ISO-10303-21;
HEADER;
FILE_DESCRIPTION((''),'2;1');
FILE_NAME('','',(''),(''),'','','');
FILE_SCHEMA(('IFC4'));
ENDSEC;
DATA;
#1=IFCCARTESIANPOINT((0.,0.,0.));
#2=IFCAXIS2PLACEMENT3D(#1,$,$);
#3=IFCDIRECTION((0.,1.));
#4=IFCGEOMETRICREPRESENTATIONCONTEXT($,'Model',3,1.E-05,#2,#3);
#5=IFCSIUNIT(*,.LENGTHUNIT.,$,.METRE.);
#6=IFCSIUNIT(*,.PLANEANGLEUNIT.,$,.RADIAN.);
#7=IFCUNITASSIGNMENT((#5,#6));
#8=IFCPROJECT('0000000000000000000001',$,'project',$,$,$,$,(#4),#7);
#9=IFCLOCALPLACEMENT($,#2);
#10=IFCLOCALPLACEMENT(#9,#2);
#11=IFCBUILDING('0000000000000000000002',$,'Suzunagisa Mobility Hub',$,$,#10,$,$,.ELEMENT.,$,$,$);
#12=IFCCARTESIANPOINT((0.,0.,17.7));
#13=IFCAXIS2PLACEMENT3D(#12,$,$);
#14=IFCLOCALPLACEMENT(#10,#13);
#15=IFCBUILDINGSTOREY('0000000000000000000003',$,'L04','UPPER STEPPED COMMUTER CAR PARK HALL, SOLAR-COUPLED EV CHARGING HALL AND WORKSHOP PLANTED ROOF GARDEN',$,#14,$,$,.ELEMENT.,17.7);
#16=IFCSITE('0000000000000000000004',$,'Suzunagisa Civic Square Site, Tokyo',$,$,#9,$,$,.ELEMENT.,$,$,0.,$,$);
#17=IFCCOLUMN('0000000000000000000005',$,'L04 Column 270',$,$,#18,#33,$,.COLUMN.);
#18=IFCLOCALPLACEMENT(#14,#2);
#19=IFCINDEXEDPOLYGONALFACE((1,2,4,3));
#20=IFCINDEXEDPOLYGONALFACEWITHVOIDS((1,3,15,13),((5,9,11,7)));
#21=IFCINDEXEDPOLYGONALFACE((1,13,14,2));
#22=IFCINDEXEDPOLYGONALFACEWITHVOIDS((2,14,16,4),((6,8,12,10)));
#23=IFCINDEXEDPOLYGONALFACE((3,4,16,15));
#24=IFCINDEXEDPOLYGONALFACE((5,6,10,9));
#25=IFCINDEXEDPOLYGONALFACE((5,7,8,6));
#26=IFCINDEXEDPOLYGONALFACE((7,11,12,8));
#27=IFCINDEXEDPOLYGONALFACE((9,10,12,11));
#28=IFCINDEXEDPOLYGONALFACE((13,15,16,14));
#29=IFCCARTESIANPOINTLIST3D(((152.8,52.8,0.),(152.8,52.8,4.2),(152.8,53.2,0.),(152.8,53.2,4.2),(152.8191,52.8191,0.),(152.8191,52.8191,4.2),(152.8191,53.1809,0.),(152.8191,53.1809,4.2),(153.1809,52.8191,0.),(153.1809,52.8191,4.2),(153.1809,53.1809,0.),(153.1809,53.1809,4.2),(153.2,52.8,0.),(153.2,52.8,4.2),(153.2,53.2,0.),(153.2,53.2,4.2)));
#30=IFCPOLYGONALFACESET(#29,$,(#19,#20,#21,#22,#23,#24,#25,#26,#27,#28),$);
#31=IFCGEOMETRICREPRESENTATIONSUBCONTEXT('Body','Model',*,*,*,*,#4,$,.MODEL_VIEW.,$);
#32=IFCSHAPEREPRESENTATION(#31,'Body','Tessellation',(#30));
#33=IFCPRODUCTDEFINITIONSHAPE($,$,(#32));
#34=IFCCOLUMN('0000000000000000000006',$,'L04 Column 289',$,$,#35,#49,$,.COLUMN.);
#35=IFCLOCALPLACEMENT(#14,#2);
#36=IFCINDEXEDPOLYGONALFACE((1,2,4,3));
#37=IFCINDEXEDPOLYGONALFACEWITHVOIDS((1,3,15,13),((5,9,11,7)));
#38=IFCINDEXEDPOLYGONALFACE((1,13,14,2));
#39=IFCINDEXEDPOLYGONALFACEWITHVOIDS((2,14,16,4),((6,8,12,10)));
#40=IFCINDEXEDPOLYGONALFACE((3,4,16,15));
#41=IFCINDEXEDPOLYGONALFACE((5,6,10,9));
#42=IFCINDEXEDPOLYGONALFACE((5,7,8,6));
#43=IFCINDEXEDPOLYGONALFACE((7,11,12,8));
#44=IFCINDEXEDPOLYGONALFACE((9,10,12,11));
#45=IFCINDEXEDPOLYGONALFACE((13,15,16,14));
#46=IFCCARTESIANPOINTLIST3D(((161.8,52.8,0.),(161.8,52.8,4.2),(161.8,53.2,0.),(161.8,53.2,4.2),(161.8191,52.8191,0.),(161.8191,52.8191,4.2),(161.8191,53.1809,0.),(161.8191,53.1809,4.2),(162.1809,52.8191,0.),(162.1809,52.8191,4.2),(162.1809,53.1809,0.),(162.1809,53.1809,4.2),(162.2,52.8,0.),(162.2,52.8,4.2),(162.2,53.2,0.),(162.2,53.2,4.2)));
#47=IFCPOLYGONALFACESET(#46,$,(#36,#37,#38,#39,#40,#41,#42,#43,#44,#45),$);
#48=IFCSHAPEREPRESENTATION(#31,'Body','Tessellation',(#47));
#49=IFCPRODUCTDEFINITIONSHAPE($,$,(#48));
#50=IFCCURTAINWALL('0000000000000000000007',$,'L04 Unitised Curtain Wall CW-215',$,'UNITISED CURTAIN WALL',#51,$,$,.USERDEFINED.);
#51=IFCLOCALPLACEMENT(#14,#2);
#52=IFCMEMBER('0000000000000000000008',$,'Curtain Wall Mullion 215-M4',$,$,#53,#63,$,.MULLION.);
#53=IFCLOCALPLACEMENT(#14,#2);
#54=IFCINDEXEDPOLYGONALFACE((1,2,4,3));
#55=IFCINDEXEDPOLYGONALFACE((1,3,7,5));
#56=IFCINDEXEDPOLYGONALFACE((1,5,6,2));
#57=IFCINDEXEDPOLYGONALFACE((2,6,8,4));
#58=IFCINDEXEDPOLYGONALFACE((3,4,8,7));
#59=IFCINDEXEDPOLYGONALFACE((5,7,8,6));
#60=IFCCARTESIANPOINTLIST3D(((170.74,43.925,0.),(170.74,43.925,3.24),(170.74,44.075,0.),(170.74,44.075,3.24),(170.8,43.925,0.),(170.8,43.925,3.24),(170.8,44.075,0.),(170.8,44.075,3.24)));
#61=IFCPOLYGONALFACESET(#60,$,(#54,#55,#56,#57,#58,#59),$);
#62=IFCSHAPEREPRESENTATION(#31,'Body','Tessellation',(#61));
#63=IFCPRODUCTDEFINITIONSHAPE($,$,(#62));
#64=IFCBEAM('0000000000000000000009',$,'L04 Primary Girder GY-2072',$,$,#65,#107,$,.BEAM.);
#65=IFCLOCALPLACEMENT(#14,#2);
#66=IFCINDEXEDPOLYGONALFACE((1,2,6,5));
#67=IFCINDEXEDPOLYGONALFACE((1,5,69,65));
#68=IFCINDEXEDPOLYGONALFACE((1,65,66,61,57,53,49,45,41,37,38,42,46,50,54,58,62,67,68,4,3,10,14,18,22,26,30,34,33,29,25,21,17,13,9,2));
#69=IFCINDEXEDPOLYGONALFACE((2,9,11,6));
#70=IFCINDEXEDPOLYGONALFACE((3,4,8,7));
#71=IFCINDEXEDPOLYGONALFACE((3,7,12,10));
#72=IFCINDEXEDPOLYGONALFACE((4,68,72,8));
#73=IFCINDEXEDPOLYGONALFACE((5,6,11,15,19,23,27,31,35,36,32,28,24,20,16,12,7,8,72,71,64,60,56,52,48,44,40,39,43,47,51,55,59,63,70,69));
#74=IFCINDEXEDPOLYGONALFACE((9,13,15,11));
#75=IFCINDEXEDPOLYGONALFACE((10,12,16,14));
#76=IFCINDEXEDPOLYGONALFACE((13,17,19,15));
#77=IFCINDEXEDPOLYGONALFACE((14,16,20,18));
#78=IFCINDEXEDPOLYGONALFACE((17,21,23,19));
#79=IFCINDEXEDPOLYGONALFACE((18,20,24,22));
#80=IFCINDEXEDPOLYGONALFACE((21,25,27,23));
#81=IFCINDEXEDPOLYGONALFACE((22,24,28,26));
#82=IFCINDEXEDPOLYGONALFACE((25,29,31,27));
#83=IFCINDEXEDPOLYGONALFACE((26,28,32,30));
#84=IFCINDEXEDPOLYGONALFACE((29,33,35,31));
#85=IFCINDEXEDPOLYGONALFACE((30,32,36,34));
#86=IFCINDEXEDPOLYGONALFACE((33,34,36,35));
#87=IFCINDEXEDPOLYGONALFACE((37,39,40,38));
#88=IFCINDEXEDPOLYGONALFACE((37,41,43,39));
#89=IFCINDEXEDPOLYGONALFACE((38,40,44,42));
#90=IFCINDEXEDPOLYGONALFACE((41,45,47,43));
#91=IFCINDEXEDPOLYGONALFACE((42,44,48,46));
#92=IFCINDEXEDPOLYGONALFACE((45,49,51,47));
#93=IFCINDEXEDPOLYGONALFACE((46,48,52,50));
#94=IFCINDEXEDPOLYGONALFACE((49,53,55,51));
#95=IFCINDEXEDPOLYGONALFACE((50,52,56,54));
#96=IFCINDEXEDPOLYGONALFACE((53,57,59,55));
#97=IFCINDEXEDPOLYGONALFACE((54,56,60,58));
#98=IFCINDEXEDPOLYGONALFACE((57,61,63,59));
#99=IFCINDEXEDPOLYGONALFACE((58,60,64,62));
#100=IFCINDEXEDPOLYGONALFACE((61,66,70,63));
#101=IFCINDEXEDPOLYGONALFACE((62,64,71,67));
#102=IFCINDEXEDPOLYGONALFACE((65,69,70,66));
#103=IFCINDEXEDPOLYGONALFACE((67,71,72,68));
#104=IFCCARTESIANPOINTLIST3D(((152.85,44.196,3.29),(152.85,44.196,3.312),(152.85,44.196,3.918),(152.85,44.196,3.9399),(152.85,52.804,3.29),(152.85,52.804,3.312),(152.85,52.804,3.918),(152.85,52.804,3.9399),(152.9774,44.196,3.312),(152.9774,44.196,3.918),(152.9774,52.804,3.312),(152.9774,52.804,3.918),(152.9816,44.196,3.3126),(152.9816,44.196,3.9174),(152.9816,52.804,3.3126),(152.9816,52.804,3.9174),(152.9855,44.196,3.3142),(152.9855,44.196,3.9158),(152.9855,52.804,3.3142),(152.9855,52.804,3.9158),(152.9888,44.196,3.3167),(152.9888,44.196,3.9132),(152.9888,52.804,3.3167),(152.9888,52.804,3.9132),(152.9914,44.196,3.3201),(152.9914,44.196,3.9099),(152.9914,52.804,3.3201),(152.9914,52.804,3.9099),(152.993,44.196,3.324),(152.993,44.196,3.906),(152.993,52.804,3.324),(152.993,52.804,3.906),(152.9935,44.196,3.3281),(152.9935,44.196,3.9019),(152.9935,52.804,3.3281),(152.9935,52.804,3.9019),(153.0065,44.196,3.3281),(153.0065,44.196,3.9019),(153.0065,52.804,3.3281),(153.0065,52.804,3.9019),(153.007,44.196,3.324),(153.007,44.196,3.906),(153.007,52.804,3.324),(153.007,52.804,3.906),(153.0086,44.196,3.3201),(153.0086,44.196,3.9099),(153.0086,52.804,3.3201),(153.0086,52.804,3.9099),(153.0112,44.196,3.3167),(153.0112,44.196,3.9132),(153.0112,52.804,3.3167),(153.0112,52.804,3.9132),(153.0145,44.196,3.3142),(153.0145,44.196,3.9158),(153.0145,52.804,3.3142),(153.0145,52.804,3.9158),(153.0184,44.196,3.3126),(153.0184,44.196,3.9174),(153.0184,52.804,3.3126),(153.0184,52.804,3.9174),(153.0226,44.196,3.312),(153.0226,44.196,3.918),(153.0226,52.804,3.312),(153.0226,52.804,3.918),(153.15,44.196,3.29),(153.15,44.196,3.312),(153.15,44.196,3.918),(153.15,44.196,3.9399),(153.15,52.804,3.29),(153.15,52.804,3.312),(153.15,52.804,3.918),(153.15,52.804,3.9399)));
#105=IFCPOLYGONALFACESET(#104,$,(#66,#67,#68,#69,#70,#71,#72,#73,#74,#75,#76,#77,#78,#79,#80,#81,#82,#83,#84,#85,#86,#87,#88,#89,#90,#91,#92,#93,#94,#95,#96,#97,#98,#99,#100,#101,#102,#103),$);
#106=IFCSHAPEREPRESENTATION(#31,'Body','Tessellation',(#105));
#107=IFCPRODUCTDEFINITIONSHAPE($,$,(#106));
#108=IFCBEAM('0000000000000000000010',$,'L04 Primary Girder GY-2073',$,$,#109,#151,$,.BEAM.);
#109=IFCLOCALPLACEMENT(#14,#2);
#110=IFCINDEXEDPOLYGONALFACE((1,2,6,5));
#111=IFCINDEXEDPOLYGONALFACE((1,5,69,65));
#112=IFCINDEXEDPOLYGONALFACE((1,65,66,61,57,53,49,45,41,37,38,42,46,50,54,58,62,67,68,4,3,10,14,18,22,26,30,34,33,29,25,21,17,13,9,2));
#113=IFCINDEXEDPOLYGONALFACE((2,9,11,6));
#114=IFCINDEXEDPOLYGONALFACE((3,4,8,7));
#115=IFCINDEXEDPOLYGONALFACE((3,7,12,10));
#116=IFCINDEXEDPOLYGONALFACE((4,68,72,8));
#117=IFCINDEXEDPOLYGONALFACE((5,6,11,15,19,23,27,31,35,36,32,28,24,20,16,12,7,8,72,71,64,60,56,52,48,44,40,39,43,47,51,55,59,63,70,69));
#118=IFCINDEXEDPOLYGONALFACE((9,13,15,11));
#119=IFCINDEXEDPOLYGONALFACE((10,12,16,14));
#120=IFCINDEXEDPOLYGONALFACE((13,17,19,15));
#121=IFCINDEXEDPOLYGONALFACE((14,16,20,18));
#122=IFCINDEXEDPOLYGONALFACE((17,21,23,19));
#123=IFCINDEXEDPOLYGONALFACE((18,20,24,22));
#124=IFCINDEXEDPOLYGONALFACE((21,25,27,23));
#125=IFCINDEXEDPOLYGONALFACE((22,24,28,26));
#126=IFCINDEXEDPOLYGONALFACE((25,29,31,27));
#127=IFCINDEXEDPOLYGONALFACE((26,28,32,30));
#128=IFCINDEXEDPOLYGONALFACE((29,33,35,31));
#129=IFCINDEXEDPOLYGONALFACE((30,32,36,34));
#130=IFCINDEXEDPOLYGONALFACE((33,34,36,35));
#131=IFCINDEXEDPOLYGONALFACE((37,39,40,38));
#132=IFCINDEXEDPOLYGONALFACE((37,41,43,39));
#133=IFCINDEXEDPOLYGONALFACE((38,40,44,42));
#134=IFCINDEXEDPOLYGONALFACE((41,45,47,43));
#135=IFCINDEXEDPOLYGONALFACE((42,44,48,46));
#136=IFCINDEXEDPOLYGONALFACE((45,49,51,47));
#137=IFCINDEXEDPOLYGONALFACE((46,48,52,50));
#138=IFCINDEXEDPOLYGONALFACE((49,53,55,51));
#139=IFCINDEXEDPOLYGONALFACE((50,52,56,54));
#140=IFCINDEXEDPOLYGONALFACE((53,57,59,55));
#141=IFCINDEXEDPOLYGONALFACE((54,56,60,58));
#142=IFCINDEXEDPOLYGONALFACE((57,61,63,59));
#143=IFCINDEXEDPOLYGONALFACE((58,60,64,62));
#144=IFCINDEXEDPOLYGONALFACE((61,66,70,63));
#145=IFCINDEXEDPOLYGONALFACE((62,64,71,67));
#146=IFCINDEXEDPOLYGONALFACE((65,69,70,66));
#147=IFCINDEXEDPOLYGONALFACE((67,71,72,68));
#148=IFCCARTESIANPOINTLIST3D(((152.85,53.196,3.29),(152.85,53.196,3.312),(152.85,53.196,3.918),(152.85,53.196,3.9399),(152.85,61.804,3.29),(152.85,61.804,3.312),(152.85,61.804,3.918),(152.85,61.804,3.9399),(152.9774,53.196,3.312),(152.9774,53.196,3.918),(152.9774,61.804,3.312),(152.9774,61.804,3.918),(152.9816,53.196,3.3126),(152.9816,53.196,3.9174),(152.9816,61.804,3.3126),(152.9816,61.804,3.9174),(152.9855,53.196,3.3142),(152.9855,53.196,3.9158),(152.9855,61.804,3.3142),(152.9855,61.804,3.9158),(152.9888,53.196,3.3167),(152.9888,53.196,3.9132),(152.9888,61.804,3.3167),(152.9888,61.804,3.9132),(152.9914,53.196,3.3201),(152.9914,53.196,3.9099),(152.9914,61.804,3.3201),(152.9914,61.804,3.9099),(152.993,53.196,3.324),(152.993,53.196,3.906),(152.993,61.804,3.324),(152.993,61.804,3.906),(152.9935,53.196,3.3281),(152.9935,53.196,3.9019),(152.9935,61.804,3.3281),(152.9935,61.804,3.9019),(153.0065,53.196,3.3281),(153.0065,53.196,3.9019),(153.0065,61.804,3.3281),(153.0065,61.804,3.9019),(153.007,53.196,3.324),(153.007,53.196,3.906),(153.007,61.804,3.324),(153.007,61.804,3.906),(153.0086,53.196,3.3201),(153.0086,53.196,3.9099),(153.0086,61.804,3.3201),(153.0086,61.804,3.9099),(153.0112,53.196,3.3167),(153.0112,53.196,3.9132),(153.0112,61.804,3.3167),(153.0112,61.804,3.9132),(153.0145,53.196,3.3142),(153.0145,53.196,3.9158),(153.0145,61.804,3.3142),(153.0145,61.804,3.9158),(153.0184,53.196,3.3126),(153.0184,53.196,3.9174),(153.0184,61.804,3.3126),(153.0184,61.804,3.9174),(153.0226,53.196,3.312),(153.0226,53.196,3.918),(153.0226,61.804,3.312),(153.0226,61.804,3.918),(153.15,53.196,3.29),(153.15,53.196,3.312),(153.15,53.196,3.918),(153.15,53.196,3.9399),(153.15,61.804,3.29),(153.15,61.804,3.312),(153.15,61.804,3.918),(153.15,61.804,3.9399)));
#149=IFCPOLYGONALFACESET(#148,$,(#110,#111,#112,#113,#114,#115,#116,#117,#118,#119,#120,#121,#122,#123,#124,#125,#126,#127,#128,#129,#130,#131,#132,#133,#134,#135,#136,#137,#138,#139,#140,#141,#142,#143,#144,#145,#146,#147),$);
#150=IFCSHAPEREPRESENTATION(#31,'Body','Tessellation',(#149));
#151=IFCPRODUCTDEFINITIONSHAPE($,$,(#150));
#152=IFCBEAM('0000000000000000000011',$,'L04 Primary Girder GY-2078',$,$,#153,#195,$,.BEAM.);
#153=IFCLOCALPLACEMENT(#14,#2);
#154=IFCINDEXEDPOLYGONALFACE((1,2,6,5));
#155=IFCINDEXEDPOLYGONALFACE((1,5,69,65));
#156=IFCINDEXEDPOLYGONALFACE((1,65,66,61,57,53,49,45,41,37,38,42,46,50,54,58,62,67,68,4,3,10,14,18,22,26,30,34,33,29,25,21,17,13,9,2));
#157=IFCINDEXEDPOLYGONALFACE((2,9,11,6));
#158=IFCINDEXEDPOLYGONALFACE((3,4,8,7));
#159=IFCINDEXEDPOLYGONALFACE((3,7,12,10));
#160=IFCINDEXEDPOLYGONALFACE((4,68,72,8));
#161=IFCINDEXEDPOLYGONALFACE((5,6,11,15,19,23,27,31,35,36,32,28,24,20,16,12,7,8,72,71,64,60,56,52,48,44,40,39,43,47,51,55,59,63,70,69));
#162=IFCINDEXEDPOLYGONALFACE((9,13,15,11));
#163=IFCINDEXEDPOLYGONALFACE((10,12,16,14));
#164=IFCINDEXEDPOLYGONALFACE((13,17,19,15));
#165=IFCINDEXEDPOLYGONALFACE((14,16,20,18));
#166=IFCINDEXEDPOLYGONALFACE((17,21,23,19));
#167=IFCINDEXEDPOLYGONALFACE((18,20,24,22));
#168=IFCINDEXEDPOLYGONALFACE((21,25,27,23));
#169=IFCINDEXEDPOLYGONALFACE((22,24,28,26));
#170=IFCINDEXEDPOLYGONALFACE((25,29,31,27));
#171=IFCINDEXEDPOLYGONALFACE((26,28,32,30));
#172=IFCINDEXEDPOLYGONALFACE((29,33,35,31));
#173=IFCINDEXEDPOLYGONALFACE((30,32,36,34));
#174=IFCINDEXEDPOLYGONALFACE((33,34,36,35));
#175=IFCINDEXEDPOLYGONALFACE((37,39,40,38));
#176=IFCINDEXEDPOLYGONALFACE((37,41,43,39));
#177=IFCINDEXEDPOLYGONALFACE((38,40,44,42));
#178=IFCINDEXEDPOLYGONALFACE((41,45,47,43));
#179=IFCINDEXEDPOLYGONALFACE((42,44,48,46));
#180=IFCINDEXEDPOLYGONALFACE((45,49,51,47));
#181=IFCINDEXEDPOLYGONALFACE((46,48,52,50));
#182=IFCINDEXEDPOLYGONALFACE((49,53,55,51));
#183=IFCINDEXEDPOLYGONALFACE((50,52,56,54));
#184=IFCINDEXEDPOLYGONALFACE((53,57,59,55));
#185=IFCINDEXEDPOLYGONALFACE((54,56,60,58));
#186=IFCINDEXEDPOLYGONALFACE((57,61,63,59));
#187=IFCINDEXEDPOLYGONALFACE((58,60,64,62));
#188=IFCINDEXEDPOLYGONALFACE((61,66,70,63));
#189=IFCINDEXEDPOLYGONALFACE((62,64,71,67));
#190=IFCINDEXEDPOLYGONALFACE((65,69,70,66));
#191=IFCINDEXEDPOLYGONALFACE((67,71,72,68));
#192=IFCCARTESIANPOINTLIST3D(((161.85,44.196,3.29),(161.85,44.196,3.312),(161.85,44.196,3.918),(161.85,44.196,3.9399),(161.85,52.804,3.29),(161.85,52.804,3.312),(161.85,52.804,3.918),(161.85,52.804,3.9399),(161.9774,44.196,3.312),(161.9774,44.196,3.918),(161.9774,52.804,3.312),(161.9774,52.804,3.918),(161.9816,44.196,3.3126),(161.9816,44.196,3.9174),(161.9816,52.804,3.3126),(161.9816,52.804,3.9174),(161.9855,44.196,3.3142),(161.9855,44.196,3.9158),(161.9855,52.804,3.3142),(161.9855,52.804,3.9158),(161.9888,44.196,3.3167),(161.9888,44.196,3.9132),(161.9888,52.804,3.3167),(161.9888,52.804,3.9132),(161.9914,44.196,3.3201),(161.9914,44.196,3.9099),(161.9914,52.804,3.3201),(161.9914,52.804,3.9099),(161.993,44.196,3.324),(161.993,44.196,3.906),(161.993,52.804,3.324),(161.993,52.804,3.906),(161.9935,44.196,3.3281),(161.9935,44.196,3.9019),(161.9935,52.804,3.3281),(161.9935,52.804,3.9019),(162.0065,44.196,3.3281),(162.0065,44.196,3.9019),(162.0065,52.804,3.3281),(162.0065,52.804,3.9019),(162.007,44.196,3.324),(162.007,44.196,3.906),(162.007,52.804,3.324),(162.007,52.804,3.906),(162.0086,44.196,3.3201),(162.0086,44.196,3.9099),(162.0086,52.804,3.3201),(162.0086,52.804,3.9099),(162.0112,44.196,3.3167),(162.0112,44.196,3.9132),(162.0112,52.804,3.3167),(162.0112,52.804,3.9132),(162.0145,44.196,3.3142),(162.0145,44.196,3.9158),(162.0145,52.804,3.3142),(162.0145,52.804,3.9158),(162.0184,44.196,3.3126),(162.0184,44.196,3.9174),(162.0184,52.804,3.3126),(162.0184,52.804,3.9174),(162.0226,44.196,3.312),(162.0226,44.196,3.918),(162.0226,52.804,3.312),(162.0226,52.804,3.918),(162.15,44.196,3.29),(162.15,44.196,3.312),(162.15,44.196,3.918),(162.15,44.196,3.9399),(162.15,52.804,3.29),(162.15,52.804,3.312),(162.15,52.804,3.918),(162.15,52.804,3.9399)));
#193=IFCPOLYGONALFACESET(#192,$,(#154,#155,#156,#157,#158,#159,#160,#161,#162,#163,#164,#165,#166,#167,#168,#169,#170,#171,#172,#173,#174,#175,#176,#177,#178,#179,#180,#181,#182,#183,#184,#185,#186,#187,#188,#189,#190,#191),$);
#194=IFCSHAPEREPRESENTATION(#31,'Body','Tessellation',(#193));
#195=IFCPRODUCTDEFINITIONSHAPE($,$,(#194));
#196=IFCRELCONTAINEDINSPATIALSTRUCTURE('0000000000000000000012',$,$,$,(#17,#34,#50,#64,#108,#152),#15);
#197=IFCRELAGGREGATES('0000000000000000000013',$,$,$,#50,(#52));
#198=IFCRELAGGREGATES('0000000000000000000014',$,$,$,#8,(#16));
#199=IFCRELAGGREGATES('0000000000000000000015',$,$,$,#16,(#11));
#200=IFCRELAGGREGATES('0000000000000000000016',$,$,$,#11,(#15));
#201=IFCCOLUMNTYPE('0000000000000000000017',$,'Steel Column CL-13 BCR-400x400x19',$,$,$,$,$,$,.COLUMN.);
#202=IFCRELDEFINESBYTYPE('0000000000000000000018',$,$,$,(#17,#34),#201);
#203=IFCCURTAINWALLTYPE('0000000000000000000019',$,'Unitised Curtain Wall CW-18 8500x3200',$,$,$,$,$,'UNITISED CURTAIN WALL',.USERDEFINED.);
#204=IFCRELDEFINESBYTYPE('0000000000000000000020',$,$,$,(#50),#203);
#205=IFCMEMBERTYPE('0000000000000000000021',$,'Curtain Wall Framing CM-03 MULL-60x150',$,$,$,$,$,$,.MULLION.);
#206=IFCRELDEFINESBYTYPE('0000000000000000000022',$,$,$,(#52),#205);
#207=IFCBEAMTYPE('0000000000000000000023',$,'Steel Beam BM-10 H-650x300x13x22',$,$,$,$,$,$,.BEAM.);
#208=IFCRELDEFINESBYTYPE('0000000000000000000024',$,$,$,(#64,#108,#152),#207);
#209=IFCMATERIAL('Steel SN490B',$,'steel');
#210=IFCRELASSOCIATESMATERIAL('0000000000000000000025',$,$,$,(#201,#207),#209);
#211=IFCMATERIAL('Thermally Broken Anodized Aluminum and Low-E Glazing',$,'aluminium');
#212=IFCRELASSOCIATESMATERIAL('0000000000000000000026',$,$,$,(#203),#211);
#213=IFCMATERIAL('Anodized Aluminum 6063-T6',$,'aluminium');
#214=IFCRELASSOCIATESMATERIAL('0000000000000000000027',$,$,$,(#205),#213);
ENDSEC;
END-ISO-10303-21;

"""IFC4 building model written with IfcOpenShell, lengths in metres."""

from ifc_helpers import new_model, si_unit, direction, frame, origin, origin_2d, place, context, subcontext, project, spatial, rectangle, hollow_rectangle, i_section, extrude, material, material_profile, profile_set, type_object, element, aggregate, save


model = new_model("IFC4")

# Units and contexts
model_context = context("Model", 3, precision=1e-05, world=origin(), true_north=direction((0.0, 1.0)))
body_context = subcontext(model_context, "Body", "Model", "MODEL_VIEW")
ifc_project = project(units=[si_unit("LENGTHUNIT", "METRE"), si_unit("PLANEANGLEUNIT", "RADIAN")], contexts=[model_context])

# Site, building, storey
site_placement = place(None, origin())
site = spatial("IfcSite", under=ifc_project, at=site_placement, Name="Suzunagisa Civic Square Site, Tokyo", CompositionType="ELEMENT", RefElevation=0.0)
building_placement = place(site_placement, origin())
building = spatial("IfcBuilding", under=site, at=building_placement, Name="Suzunagisa Mobility Hub", CompositionType="ELEMENT")
storey_placement = place(building_placement, frame((0.0, 0.0, 17.7)))
storey = spatial("IfcBuildingStorey", under=building, at=storey_placement, Name="L04", Description="UPPER STEPPED COMMUTER CAR PARK HALL, SOLAR-COUPLED EV CHARGING HALL AND WORKSHOP PLANTED ROOF GARDEN", CompositionType="ELEMENT", Elevation=17.7)

# Columns
ifc_material_1 = material(Name="Steel SN490B", Category="steel")
ifc_material_profile_1 = material_profile(ifc_material_1, hollow_rectangle(XDim=0.3999, YDim=0.3999, WallThickness=0.019, at=origin_2d()), Name="BCR-400x400x19")
ifc_profile_set_1 = profile_set([ifc_material_profile_1], Name="Steel SN490B")
column_type = type_object("IfcColumnType", Name="Steel Column CL-13 BCR-400x400x19", PredefinedType="COLUMN", material=ifc_profile_set_1)
for number, where, z_axis, x_axis, name in (
    (1, (153.0, 53.0, 0.0), (0.0, 0.0, 1.0), (1.0, 0.0, 0.0), "L04 Column 270"),
    (2, (162.0, 53.0, 0.0), (0.0, 0.0, 1.0), (1.0, 0.0, 0.0), "L04 Column 289"),
):
    element("IfcColumn", number, at=place(storey_placement, frame(where, z_axis=z_axis, x_axis=x_axis)), inside=storey, type_object=column_type, Name=name, PredefinedType="COLUMN", context=body_context, shape_type="SweptSolid", body=[
        extrude(hollow_rectangle(XDim=0.3999, YDim=0.3999, WallThickness=0.019, at=origin_2d()), origin(), (0.0, 0.0, 1.0), 4.2),
    ])

# Curtain wall, member
ifc_material_2 = material(Name="Thermally Broken Anodized Aluminum and Low-E Glazing", Category="aluminium")
curtain_wall_type = type_object("IfcCurtainWallType", Name="Unitised Curtain Wall CW-18 8500x3200", ElementType="UNITISED CURTAIN WALL", PredefinedType="USERDEFINED", material=ifc_material_2)
curtain_wall_placement = place(storey_placement, origin())
curtain_wall = element("IfcCurtainWall", 3, at=curtain_wall_placement, inside=storey, type_object=curtain_wall_type, Name="L04 Unitised Curtain Wall CW-215", ObjectType="UNITISED CURTAIN WALL", PredefinedType="USERDEFINED")
ifc_material_3 = material(Name="Anodized Aluminum 6063-T6", Category="aluminium")
ifc_material_profile_2 = material_profile(ifc_material_3, rectangle(XDim=0.0601, YDim=0.1499, at=origin_2d()), Name="MULL-60x150")
ifc_profile_set_2 = profile_set([ifc_material_profile_2], Name="Anodized Aluminum 6063-T6")
member_type = type_object("IfcMemberType", Name="Curtain Wall Framing CM-03 MULL-60x150", PredefinedType="MULLION", material=ifc_profile_set_2)
member_placement = place(storey_placement, frame((170.77, 44.0, 0.0), z_axis=(0.0, 0.0, 1.0), x_axis=(1.0, 0.0, 0.0)))
member = element("IfcMember", 4, at=member_placement, type_object=member_type, Name="Curtain Wall Mullion 215-M4", PredefinedType="MULLION", context=body_context, shape_type="SweptSolid", body=[
    extrude(rectangle(XDim=0.0601, YDim=0.1499, at=origin_2d()), origin(), (0.0, 0.0, 1.0), 3.24),
])
aggregate(curtain_wall, [member])

# Beams
ifc_material_profile_3 = material_profile(ifc_material_1, i_section(OverallWidth=0.3, OverallDepth=0.6499, WebThickness=0.0129, FlangeThickness=0.022, FilletRadius=0.0161, at=origin_2d()), Name="H-650x300x13x22")
ifc_profile_set_3 = profile_set([ifc_material_profile_3], Name="Steel SN490B")
beam_type_1 = type_object("IfcBeamType", Name="Steel Beam BM-10 H-650x300x13x22", PredefinedType="BEAM", material=ifc_profile_set_3)
for number, where, z_axis, x_axis, name in (
    (5, (153.0, 44.196, 3.615), (0.0, 1.0, 0.0), (-1.0, 0.0, 0.0), "L04 Primary Girder GY-2072"),
    (6, (153.0, 53.196, 3.615), (0.0, 1.0, 0.0), (-1.0, 0.0, 0.0), "L04 Primary Girder GY-2073"),
    (7, (162.0, 44.196, 3.615), (0.0, 1.0, 0.0), (-1.0, 0.0, 0.0), "L04 Primary Girder GY-2078"),
):
    element("IfcBeam", number, at=place(storey_placement, frame(where, z_axis=z_axis, x_axis=x_axis)), inside=storey, type_object=beam_type_1, Name=name, PredefinedType="BEAM", context=body_context, shape_type="SweptSolid", body=[
        extrude(i_section(OverallWidth=0.3, OverallDepth=0.6499, WebThickness=0.0129, FlangeThickness=0.022, FilletRadius=0.0161, at=origin_2d()), origin(), (0.0, 0.0, 1.0), 8.6079),
    ])

save(model, "model.ifc")
